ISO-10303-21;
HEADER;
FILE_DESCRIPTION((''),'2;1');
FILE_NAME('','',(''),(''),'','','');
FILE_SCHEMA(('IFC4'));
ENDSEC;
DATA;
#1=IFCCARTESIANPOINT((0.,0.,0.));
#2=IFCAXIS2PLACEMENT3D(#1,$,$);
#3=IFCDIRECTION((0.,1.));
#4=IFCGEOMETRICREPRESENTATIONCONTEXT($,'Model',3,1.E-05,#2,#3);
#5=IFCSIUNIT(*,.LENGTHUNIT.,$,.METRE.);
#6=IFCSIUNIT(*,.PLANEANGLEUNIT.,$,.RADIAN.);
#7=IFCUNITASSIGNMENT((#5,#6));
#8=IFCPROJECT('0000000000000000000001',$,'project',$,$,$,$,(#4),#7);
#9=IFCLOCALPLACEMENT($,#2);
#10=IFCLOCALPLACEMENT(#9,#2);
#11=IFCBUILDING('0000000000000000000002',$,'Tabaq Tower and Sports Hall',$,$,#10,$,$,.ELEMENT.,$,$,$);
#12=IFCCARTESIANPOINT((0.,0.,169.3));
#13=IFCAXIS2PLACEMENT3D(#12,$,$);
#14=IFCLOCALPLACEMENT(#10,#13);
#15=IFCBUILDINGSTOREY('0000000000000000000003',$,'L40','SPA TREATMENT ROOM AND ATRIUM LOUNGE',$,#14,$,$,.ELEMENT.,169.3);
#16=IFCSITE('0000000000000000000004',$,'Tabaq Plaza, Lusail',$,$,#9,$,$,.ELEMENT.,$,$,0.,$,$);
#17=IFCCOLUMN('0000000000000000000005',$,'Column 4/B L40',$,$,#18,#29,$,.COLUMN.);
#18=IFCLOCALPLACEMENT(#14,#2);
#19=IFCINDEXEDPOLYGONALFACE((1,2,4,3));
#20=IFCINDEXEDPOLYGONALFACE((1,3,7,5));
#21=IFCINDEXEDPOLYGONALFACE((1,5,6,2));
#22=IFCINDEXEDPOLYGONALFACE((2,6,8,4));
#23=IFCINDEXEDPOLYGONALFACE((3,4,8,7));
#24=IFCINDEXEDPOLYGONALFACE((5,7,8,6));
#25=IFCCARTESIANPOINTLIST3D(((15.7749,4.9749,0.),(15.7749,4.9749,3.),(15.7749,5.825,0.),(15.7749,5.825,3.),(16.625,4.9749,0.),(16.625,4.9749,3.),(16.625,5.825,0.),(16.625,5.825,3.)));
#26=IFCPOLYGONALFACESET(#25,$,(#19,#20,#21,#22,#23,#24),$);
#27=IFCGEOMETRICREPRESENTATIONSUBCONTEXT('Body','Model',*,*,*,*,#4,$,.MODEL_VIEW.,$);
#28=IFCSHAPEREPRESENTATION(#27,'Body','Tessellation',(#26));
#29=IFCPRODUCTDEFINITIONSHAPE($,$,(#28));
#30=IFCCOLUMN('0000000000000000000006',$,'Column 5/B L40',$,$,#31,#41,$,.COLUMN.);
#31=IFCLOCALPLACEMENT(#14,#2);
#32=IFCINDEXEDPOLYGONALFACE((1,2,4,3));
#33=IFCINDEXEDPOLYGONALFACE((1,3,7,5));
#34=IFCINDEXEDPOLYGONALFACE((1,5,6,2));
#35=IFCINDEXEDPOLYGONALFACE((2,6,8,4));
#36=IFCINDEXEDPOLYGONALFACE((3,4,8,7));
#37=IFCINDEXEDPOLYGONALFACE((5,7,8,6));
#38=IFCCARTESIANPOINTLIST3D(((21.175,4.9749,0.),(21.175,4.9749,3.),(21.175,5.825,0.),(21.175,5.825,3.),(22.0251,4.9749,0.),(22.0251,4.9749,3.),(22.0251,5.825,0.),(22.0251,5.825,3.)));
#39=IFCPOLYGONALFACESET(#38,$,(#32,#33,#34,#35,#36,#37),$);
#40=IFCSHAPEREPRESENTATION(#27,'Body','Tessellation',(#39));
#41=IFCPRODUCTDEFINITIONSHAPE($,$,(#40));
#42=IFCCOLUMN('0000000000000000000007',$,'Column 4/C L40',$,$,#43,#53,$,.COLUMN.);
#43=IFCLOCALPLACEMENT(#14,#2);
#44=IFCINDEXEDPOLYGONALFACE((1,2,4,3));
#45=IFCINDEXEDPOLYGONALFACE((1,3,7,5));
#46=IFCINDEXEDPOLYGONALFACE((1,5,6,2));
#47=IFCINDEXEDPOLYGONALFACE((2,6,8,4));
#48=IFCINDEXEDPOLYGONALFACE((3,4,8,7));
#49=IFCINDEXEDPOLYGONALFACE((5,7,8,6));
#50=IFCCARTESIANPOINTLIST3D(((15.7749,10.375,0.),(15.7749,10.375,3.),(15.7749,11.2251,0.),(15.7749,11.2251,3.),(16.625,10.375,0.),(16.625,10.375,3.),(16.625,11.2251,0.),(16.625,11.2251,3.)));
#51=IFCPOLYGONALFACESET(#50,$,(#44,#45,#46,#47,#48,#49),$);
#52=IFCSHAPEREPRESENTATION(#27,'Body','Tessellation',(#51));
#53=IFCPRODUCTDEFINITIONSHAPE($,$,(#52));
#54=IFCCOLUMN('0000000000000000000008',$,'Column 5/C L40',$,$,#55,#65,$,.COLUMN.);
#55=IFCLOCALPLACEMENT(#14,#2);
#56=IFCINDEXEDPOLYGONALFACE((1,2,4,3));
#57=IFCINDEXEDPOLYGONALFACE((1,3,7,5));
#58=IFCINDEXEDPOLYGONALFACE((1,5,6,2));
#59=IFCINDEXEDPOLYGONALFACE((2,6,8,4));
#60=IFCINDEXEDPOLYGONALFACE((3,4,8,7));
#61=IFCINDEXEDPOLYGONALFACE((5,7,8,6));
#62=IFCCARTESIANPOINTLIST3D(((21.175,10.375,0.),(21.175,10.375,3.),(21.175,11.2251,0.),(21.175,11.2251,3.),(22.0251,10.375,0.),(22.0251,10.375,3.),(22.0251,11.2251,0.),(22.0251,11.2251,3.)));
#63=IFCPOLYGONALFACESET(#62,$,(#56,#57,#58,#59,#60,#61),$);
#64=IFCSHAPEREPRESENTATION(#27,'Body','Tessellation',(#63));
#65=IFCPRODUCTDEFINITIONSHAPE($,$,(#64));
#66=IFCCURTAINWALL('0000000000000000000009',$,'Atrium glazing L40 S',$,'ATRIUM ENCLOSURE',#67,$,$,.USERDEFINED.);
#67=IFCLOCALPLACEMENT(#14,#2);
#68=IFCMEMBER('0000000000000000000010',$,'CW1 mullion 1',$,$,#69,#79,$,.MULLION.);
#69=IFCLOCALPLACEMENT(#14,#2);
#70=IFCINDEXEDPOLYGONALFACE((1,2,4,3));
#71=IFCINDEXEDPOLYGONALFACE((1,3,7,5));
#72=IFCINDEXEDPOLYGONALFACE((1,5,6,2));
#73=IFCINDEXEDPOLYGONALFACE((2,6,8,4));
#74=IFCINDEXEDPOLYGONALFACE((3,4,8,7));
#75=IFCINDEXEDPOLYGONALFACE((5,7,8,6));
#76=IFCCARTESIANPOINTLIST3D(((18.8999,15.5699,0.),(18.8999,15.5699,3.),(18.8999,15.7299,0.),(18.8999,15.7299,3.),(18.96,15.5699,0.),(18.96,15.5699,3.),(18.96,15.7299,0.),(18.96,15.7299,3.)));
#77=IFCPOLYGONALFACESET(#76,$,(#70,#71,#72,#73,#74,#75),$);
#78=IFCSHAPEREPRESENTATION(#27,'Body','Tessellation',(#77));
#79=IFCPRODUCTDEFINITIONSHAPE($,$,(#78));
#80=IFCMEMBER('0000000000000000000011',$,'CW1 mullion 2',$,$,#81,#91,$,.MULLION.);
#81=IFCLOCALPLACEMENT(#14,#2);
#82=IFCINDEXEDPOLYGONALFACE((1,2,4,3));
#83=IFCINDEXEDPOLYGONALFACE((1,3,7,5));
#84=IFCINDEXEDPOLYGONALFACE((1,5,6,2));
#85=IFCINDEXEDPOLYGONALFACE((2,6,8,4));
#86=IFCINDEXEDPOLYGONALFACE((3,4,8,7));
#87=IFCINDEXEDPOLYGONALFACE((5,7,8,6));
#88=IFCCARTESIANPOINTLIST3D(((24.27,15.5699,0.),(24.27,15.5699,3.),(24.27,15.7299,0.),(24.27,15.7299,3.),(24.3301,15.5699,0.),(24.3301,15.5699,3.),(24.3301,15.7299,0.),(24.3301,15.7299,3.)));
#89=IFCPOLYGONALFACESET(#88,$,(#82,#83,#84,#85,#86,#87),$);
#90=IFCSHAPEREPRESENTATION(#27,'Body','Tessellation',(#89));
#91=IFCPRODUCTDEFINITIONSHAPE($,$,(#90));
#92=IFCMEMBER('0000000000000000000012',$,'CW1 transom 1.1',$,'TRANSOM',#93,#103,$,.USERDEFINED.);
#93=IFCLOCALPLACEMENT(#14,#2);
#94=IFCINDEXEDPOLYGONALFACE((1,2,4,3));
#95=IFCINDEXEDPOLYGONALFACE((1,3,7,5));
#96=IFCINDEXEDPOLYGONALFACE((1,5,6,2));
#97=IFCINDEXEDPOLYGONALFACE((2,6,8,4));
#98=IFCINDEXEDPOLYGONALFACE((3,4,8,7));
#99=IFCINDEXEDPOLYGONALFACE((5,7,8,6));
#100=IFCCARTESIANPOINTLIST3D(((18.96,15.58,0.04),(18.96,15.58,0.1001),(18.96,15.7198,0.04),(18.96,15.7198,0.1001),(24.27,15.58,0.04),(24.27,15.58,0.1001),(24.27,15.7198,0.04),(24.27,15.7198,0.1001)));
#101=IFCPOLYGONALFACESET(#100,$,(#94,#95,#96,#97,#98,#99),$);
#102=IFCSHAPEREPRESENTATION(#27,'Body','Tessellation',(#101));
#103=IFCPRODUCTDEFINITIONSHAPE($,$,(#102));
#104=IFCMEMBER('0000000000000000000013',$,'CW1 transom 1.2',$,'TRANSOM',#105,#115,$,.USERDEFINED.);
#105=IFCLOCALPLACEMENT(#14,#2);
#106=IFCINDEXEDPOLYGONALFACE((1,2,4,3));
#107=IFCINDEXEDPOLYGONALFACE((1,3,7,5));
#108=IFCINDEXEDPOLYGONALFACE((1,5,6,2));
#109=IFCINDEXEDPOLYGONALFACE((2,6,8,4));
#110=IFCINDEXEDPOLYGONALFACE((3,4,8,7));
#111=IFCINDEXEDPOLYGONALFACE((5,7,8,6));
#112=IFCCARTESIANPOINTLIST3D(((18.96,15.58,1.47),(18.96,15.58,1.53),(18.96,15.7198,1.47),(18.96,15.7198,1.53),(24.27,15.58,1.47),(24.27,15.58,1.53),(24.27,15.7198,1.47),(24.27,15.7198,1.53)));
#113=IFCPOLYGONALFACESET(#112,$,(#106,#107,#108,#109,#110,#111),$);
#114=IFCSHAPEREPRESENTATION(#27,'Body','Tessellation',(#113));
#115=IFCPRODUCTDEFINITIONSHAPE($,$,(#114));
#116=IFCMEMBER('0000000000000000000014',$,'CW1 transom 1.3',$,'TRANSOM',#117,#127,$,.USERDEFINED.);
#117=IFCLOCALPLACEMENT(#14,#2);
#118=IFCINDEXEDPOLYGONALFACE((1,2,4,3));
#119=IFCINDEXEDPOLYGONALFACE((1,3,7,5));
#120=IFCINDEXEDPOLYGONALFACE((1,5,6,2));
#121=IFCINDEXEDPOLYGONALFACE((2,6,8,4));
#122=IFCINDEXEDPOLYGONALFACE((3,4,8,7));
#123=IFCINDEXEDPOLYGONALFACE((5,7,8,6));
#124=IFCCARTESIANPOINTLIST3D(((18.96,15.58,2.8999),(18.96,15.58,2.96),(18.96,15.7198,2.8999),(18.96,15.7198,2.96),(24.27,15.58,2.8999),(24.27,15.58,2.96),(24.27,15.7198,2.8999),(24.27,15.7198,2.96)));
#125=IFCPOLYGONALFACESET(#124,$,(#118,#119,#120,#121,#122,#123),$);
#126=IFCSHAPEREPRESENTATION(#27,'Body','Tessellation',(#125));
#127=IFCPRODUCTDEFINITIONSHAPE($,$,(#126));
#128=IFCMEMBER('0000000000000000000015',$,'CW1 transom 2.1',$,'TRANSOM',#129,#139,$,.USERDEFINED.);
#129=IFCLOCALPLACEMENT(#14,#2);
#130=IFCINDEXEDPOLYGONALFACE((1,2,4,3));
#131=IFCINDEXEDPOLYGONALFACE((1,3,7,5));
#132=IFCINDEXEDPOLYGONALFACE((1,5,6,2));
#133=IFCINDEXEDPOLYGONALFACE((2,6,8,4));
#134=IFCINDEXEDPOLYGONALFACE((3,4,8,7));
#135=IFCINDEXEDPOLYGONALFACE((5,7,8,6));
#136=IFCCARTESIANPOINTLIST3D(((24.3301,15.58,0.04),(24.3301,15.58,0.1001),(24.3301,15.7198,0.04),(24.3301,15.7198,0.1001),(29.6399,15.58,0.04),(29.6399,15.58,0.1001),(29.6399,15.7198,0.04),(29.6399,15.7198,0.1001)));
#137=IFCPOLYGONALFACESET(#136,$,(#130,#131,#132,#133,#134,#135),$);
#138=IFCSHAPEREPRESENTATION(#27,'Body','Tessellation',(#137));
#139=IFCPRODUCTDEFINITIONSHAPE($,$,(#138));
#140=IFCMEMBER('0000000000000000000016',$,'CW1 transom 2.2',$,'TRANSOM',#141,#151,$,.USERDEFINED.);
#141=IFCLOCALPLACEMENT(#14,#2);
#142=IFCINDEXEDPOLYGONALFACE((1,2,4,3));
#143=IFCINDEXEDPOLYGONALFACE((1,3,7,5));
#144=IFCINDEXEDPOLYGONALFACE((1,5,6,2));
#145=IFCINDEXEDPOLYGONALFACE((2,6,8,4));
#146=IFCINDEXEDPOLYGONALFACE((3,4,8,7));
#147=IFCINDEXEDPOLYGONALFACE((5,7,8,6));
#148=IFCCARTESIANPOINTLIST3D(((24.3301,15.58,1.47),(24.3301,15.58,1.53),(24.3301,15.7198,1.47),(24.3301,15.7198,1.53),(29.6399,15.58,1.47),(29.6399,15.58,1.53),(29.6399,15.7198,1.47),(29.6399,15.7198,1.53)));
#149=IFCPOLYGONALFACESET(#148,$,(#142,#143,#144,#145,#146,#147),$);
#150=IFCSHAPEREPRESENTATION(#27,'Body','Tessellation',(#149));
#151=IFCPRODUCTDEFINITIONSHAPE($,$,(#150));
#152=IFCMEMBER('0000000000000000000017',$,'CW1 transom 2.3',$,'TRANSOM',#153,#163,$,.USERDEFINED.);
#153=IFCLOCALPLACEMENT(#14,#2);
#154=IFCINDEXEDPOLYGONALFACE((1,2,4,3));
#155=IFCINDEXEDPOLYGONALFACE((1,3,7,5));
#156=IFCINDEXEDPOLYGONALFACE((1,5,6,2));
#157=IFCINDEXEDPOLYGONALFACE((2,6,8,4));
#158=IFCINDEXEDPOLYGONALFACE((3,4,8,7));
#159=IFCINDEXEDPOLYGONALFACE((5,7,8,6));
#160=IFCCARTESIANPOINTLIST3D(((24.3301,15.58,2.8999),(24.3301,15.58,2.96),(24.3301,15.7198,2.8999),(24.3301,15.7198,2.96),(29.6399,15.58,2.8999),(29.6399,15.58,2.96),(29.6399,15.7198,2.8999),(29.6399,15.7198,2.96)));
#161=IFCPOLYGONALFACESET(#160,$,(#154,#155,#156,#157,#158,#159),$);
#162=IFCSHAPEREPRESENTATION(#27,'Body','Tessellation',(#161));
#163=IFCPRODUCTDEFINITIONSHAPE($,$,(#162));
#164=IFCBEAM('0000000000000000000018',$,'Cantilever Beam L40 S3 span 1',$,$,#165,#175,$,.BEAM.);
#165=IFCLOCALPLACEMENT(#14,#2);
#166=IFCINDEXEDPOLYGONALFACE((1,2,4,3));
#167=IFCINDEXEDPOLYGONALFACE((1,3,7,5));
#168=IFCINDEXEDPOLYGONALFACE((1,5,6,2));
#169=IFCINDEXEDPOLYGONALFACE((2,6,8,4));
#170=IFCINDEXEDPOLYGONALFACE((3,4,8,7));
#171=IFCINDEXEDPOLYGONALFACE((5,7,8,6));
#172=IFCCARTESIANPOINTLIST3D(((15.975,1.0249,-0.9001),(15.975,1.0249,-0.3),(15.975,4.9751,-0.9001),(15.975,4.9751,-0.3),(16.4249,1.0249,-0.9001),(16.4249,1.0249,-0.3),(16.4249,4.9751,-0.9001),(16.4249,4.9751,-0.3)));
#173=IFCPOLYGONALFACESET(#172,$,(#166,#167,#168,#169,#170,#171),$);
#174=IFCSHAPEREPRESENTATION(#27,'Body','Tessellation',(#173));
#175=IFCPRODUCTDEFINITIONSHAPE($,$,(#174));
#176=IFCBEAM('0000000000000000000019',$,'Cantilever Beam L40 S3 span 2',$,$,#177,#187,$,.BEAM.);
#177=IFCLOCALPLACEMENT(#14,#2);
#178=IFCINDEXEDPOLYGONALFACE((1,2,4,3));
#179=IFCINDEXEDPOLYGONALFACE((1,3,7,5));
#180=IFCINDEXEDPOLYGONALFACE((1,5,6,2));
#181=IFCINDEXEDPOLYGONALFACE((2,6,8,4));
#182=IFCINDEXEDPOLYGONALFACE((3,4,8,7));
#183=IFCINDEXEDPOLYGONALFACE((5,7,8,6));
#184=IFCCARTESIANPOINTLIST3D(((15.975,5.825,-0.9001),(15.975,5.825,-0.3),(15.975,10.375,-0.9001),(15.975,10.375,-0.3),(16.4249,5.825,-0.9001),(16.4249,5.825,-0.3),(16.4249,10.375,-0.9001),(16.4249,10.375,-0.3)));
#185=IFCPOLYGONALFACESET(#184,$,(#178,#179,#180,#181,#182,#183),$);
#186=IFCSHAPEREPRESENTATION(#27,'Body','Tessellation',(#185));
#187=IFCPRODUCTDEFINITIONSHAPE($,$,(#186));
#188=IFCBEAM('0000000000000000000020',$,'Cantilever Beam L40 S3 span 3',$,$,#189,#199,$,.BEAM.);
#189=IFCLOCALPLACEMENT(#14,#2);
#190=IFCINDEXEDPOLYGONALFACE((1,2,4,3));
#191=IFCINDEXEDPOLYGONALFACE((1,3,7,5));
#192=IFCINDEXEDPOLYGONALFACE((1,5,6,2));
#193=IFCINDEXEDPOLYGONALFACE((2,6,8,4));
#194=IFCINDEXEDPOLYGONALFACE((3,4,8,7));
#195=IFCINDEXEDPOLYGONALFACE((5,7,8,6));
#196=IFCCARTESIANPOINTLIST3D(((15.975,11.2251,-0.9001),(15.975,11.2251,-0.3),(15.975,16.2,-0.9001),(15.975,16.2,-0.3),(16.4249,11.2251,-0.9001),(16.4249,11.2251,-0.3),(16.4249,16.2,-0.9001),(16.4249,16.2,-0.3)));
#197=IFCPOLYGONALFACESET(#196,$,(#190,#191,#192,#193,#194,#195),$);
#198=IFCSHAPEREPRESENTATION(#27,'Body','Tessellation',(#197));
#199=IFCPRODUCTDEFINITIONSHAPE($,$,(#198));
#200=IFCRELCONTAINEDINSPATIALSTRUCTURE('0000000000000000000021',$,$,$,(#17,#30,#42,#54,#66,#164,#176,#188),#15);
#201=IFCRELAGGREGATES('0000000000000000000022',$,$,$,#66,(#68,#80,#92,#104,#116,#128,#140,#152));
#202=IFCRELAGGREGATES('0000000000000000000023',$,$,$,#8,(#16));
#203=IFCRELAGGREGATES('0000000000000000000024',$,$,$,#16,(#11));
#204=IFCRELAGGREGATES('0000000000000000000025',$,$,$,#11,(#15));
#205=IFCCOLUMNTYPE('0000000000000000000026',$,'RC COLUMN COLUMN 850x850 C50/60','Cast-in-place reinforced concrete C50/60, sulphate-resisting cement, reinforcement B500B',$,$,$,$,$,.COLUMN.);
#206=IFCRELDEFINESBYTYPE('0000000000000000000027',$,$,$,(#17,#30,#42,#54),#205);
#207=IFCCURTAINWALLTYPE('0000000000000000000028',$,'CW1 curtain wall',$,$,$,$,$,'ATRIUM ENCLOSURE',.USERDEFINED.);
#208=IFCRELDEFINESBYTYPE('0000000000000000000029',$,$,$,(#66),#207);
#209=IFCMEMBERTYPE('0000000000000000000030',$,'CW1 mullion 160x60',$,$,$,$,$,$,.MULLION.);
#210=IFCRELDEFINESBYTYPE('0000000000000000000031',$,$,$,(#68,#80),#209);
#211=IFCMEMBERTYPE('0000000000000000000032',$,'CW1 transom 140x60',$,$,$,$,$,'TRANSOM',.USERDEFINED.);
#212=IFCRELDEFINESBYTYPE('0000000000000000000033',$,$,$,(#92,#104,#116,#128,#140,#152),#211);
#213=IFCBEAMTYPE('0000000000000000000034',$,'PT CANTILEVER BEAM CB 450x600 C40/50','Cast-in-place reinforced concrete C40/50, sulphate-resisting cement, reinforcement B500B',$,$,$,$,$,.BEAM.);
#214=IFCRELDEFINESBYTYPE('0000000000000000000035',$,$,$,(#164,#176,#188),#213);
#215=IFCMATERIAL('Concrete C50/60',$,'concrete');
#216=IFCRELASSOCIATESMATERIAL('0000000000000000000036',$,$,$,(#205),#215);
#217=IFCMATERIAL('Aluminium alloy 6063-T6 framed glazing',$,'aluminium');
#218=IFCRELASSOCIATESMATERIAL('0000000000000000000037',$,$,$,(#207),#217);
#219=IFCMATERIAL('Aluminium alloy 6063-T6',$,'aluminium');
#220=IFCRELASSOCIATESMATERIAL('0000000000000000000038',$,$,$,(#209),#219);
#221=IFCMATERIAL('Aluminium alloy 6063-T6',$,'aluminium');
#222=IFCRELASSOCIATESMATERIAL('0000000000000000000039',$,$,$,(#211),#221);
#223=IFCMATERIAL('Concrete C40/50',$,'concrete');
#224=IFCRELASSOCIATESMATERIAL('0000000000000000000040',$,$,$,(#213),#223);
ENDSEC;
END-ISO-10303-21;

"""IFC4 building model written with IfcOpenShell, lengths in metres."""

from ifc_helpers import new_model, si_unit, direction, frame, origin, origin_2d, place, context, subcontext, project, spatial, rectangle, extrude, material, material_profile, profile_set, type_object, element, aggregate, save


model = new_model("IFC4")

# Units and contexts
model_context = context("Model", 3, precision=1e-05, world=origin(), true_north=direction((0.0, 1.0)))
body_context = subcontext(model_context, "Body", "Model", "MODEL_VIEW")
ifc_project = project(units=[si_unit("LENGTHUNIT", "METRE"), si_unit("PLANEANGLEUNIT", "RADIAN")], contexts=[model_context])

# Site, building, storey
site_placement = place(None, origin())
site = spatial("IfcSite", under=ifc_project, at=site_placement, Name="Tabaq Plaza, Lusail", CompositionType="ELEMENT", RefElevation=0.0)
building_placement = place(site_placement, origin())
building = spatial("IfcBuilding", under=site, at=building_placement, Name="Tabaq Tower and Sports Hall", CompositionType="ELEMENT")
storey_placement = place(building_placement, frame((0.0, 0.0, 169.3)))
storey = spatial("IfcBuildingStorey", under=building, at=storey_placement, Name="L40", Description="SPA TREATMENT ROOM AND ATRIUM LOUNGE", CompositionType="ELEMENT", Elevation=169.3)

# Columns
ifc_material_1 = material(Name="Concrete C50/60", Category="concrete")
ifc_material_profile_1 = material_profile(ifc_material_1, rectangle(XDim=0.8501, YDim=0.8501, at=origin_2d()), Name="COLUMN 850x850")
ifc_profile_set_1 = profile_set([ifc_material_profile_1], Name="Concrete C50/60")
column_type = type_object("IfcColumnType", Name="RC COLUMN COLUMN 850x850 C50/60", Description="Cast-in-place reinforced concrete C50/60, sulphate-resisting cement, reinforcement B500B", PredefinedType="COLUMN", material=ifc_profile_set_1)
for number, where, z_axis, x_axis, name in (
    (1, (16.2, 5.3999, 0.0), (0.0, 0.0, 1.0), (1.0, 0.0, 0.0), "Column 4/B L40"),
    (2, (21.6001, 5.3999, 0.0), (0.0, 0.0, 1.0), (1.0, 0.0, 0.0), "Column 5/B L40"),
    (3, (16.2, 10.8, 0.0), (0.0, 0.0, 1.0), (1.0, 0.0, 0.0), "Column 4/C L40"),
    (4, (21.6001, 10.8, 0.0), (0.0, 0.0, 1.0), (1.0, 0.0, 0.0), "Column 5/C L40"),
):
    element("IfcColumn", number, at=place(storey_placement, frame(where, z_axis=z_axis, x_axis=x_axis)), inside=storey, type_object=column_type, Name=name, PredefinedType="COLUMN", context=body_context, shape_type="SweptSolid", body=[
        extrude(rectangle(XDim=0.8501, YDim=0.8501, at=origin_2d()), origin(), (0.0, 0.0, 1.0), 3.0),
    ])

# Curtain wall, members
ifc_material_2 = material(Name="Aluminium alloy 6063-T6 framed glazing", Category="aluminium")
curtain_wall_type = type_object("IfcCurtainWallType", Name="CW1 curtain wall", ElementType="ATRIUM ENCLOSURE", PredefinedType="USERDEFINED", material=ifc_material_2)
curtain_wall_placement = place(storey_placement, origin())
curtain_wall = element("IfcCurtainWall", 5, at=curtain_wall_placement, inside=storey, type_object=curtain_wall_type, Name="Atrium glazing L40 S", ObjectType="ATRIUM ENCLOSURE", PredefinedType="USERDEFINED")
ifc_material_3 = material(Name="Aluminium alloy 6063-T6", Category="aluminium")
ifc_material_profile_2 = material_profile(ifc_material_3, rectangle(XDim=0.1599, YDim=0.0601, at=origin_2d()), Name="MULLION 160x60")
ifc_profile_set_2 = profile_set([ifc_material_profile_2], Name="Aluminium alloy 6063-T6")
member_type_1 = type_object("IfcMemberType", Name="CW1 mullion 160x60", PredefinedType="MULLION", material=ifc_profile_set_2)
member_1_placement = place(storey_placement, frame((18.9299, 15.6499, 0.0), z_axis=(0.0, 0.0, 1.0), x_axis=(0.0, 1.0, 0.0)))
member_1 = element("IfcMember", 6, at=member_1_placement, type_object=member_type_1, Name="CW1 mullion 1", PredefinedType="MULLION", context=body_context, shape_type="SweptSolid", body=[
    extrude(rectangle(XDim=0.1599, YDim=0.0601, at=origin_2d()), origin(), (0.0, 0.0, 1.0), 3.0),
])
member_2_placement = place(storey_placement, frame((24.3, 15.6499, 0.0), z_axis=(0.0, 0.0, 1.0), x_axis=(0.0, 1.0, 0.0)))
member_2 = element("IfcMember", 7, at=member_2_placement, type_object=member_type_1, Name="CW1 mullion 2", PredefinedType="MULLION", context=body_context, shape_type="SweptSolid", body=[
    extrude(rectangle(XDim=0.1599, YDim=0.0601, at=origin_2d()), origin(), (0.0, 0.0, 1.0), 3.0),
])
ifc_material_4 = material(Name="Aluminium alloy 6063-T6", Category="aluminium")
ifc_material_profile_3 = material_profile(ifc_material_4, rectangle(XDim=0.1399, YDim=0.0601, at=origin_2d()), Name="TRANSOM 140x60")
ifc_profile_set_3 = profile_set([ifc_material_profile_3], Name="Aluminium alloy 6063-T6")
member_type_2 = type_object("IfcMemberType", Name="CW1 transom 140x60", ElementType="TRANSOM", PredefinedType="USERDEFINED", material=ifc_profile_set_3)
member_3_placement = place(storey_placement, frame((18.96, 15.6499, 0.0701), z_axis=(1.0, 0.0, 0.0), x_axis=(0.0, 1.0, 0.0)))
member_3 = element("IfcMember", 8, at=member_3_placement, type_object=member_type_2, Name="CW1 transom 1.1", ObjectType="TRANSOM", PredefinedType="USERDEFINED", context=body_context, shape_type="SweptSolid", body=[
    extrude(rectangle(XDim=0.1399, YDim=0.0601, at=origin_2d()), origin(), (0.0, 0.0, 1.0), 5.3101),
])
member_4_placement = place(storey_placement, frame((18.96, 15.6499, 1.5), z_axis=(1.0, 0.0, 0.0), x_axis=(0.0, 1.0, 0.0)))
member_4 = element("IfcMember", 9, at=member_4_placement, type_object=member_type_2, Name="CW1 transom 1.2", ObjectType="TRANSOM", PredefinedType="USERDEFINED", context=body_context, shape_type="SweptSolid", body=[
    extrude(rectangle(XDim=0.1399, YDim=0.0601, at=origin_2d()), origin(), (0.0, 0.0, 1.0), 5.3101),
])
member_5_placement = place(storey_placement, frame((18.96, 15.6499, 2.9299), z_axis=(1.0, 0.0, 0.0), x_axis=(0.0, 1.0, 0.0)))
member_5 = element("IfcMember", 10, at=member_5_placement, type_object=member_type_2, Name="CW1 transom 1.3", ObjectType="TRANSOM", PredefinedType="USERDEFINED", context=body_context, shape_type="SweptSolid", body=[
    extrude(rectangle(XDim=0.1399, YDim=0.0601, at=origin_2d()), origin(), (0.0, 0.0, 1.0), 5.3101),
])
member_6_placement = place(storey_placement, frame((24.3301, 15.6499, 0.0701), z_axis=(1.0, 0.0, 0.0), x_axis=(0.0, 1.0, 0.0)))
member_6 = element("IfcMember", 11, at=member_6_placement, type_object=member_type_2, Name="CW1 transom 2.1", ObjectType="TRANSOM", PredefinedType="USERDEFINED", context=body_context, shape_type="SweptSolid", body=[
    extrude(rectangle(XDim=0.1399, YDim=0.0601, at=origin_2d()), origin(), (0.0, 0.0, 1.0), 5.3098),
])
member_7_placement = place(storey_placement, frame((24.3301, 15.6499, 1.5), z_axis=(1.0, 0.0, 0.0), x_axis=(0.0, 1.0, 0.0)))
member_7 = element("IfcMember", 12, at=member_7_placement, type_object=member_type_2, Name="CW1 transom 2.2", ObjectType="TRANSOM", PredefinedType="USERDEFINED", context=body_context, shape_type="SweptSolid", body=[
    extrude(rectangle(XDim=0.1399, YDim=0.0601, at=origin_2d()), origin(), (0.0, 0.0, 1.0), 5.3098),
])
member_8_placement = place(storey_placement, frame((24.3301, 15.6499, 2.9299), z_axis=(1.0, 0.0, 0.0), x_axis=(0.0, 1.0, 0.0)))
member_8 = element("IfcMember", 13, at=member_8_placement, type_object=member_type_2, Name="CW1 transom 2.3", ObjectType="TRANSOM", PredefinedType="USERDEFINED", context=body_context, shape_type="SweptSolid", body=[
    extrude(rectangle(XDim=0.1399, YDim=0.0601, at=origin_2d()), origin(), (0.0, 0.0, 1.0), 5.3098),
])

# Beams
ifc_material_5 = material(Name="Concrete C40/50", Category="concrete")
ifc_material_profile_4 = material_profile(ifc_material_5, rectangle(XDim=0.45, YDim=0.6001, at=origin_2d()), Name="CB 450x600")
ifc_profile_set_4 = profile_set([ifc_material_profile_4], Name="Concrete C40/50")
beam_type_1 = type_object("IfcBeamType", Name="PT CANTILEVER BEAM CB 450x600 C40/50", Description="Cast-in-place reinforced concrete C40/50, sulphate-resisting cement, reinforcement B500B", PredefinedType="BEAM", material=ifc_profile_set_4)
beam_1_placement = place(storey_placement, frame((16.2, 1.0249, -0.6001), z_axis=(0.0, 1.0, 0.0), x_axis=(-1.0, 0.0, 0.0)))
element("IfcBeam", 14, at=beam_1_placement, inside=storey, type_object=beam_type_1, Name="Cantilever Beam L40 S3 span 1", PredefinedType="BEAM", context=body_context, shape_type="SweptSolid", body=[
    extrude(rectangle(XDim=0.45, YDim=0.6001, at=origin_2d()), origin(), (0.0, 0.0, 1.0), 3.9502),
])
beam_2_placement = place(storey_placement, frame((16.2, 5.825, -0.6001), z_axis=(0.0, 1.0, 0.0), x_axis=(-1.0, 0.0, 0.0)))
element("IfcBeam", 15, at=beam_2_placement, inside=storey, type_object=beam_type_1, Name="Cantilever Beam L40 S3 span 2", PredefinedType="BEAM", context=body_context, shape_type="SweptSolid", body=[
    extrude(rectangle(XDim=0.45, YDim=0.6001, at=origin_2d()), origin(), (0.0, 0.0, 1.0), 4.55),
])
beam_3_placement = place(storey_placement, frame((16.2, 11.2251, -0.6001), z_axis=(0.0, 1.0, 0.0), x_axis=(-1.0, 0.0, 0.0)))
element("IfcBeam", 16, at=beam_3_placement, inside=storey, type_object=beam_type_1, Name="Cantilever Beam L40 S3 span 3", PredefinedType="BEAM", context=body_context, shape_type="SweptSolid", body=[
    extrude(rectangle(XDim=0.45, YDim=0.6001, at=origin_2d()), origin(), (0.0, 0.0, 1.0), 4.9749),
])

aggregate(curtain_wall, [member_1, member_2, member_3, member_4, member_5, member_6, member_7, member_8])

save(model, "model.ifc")
